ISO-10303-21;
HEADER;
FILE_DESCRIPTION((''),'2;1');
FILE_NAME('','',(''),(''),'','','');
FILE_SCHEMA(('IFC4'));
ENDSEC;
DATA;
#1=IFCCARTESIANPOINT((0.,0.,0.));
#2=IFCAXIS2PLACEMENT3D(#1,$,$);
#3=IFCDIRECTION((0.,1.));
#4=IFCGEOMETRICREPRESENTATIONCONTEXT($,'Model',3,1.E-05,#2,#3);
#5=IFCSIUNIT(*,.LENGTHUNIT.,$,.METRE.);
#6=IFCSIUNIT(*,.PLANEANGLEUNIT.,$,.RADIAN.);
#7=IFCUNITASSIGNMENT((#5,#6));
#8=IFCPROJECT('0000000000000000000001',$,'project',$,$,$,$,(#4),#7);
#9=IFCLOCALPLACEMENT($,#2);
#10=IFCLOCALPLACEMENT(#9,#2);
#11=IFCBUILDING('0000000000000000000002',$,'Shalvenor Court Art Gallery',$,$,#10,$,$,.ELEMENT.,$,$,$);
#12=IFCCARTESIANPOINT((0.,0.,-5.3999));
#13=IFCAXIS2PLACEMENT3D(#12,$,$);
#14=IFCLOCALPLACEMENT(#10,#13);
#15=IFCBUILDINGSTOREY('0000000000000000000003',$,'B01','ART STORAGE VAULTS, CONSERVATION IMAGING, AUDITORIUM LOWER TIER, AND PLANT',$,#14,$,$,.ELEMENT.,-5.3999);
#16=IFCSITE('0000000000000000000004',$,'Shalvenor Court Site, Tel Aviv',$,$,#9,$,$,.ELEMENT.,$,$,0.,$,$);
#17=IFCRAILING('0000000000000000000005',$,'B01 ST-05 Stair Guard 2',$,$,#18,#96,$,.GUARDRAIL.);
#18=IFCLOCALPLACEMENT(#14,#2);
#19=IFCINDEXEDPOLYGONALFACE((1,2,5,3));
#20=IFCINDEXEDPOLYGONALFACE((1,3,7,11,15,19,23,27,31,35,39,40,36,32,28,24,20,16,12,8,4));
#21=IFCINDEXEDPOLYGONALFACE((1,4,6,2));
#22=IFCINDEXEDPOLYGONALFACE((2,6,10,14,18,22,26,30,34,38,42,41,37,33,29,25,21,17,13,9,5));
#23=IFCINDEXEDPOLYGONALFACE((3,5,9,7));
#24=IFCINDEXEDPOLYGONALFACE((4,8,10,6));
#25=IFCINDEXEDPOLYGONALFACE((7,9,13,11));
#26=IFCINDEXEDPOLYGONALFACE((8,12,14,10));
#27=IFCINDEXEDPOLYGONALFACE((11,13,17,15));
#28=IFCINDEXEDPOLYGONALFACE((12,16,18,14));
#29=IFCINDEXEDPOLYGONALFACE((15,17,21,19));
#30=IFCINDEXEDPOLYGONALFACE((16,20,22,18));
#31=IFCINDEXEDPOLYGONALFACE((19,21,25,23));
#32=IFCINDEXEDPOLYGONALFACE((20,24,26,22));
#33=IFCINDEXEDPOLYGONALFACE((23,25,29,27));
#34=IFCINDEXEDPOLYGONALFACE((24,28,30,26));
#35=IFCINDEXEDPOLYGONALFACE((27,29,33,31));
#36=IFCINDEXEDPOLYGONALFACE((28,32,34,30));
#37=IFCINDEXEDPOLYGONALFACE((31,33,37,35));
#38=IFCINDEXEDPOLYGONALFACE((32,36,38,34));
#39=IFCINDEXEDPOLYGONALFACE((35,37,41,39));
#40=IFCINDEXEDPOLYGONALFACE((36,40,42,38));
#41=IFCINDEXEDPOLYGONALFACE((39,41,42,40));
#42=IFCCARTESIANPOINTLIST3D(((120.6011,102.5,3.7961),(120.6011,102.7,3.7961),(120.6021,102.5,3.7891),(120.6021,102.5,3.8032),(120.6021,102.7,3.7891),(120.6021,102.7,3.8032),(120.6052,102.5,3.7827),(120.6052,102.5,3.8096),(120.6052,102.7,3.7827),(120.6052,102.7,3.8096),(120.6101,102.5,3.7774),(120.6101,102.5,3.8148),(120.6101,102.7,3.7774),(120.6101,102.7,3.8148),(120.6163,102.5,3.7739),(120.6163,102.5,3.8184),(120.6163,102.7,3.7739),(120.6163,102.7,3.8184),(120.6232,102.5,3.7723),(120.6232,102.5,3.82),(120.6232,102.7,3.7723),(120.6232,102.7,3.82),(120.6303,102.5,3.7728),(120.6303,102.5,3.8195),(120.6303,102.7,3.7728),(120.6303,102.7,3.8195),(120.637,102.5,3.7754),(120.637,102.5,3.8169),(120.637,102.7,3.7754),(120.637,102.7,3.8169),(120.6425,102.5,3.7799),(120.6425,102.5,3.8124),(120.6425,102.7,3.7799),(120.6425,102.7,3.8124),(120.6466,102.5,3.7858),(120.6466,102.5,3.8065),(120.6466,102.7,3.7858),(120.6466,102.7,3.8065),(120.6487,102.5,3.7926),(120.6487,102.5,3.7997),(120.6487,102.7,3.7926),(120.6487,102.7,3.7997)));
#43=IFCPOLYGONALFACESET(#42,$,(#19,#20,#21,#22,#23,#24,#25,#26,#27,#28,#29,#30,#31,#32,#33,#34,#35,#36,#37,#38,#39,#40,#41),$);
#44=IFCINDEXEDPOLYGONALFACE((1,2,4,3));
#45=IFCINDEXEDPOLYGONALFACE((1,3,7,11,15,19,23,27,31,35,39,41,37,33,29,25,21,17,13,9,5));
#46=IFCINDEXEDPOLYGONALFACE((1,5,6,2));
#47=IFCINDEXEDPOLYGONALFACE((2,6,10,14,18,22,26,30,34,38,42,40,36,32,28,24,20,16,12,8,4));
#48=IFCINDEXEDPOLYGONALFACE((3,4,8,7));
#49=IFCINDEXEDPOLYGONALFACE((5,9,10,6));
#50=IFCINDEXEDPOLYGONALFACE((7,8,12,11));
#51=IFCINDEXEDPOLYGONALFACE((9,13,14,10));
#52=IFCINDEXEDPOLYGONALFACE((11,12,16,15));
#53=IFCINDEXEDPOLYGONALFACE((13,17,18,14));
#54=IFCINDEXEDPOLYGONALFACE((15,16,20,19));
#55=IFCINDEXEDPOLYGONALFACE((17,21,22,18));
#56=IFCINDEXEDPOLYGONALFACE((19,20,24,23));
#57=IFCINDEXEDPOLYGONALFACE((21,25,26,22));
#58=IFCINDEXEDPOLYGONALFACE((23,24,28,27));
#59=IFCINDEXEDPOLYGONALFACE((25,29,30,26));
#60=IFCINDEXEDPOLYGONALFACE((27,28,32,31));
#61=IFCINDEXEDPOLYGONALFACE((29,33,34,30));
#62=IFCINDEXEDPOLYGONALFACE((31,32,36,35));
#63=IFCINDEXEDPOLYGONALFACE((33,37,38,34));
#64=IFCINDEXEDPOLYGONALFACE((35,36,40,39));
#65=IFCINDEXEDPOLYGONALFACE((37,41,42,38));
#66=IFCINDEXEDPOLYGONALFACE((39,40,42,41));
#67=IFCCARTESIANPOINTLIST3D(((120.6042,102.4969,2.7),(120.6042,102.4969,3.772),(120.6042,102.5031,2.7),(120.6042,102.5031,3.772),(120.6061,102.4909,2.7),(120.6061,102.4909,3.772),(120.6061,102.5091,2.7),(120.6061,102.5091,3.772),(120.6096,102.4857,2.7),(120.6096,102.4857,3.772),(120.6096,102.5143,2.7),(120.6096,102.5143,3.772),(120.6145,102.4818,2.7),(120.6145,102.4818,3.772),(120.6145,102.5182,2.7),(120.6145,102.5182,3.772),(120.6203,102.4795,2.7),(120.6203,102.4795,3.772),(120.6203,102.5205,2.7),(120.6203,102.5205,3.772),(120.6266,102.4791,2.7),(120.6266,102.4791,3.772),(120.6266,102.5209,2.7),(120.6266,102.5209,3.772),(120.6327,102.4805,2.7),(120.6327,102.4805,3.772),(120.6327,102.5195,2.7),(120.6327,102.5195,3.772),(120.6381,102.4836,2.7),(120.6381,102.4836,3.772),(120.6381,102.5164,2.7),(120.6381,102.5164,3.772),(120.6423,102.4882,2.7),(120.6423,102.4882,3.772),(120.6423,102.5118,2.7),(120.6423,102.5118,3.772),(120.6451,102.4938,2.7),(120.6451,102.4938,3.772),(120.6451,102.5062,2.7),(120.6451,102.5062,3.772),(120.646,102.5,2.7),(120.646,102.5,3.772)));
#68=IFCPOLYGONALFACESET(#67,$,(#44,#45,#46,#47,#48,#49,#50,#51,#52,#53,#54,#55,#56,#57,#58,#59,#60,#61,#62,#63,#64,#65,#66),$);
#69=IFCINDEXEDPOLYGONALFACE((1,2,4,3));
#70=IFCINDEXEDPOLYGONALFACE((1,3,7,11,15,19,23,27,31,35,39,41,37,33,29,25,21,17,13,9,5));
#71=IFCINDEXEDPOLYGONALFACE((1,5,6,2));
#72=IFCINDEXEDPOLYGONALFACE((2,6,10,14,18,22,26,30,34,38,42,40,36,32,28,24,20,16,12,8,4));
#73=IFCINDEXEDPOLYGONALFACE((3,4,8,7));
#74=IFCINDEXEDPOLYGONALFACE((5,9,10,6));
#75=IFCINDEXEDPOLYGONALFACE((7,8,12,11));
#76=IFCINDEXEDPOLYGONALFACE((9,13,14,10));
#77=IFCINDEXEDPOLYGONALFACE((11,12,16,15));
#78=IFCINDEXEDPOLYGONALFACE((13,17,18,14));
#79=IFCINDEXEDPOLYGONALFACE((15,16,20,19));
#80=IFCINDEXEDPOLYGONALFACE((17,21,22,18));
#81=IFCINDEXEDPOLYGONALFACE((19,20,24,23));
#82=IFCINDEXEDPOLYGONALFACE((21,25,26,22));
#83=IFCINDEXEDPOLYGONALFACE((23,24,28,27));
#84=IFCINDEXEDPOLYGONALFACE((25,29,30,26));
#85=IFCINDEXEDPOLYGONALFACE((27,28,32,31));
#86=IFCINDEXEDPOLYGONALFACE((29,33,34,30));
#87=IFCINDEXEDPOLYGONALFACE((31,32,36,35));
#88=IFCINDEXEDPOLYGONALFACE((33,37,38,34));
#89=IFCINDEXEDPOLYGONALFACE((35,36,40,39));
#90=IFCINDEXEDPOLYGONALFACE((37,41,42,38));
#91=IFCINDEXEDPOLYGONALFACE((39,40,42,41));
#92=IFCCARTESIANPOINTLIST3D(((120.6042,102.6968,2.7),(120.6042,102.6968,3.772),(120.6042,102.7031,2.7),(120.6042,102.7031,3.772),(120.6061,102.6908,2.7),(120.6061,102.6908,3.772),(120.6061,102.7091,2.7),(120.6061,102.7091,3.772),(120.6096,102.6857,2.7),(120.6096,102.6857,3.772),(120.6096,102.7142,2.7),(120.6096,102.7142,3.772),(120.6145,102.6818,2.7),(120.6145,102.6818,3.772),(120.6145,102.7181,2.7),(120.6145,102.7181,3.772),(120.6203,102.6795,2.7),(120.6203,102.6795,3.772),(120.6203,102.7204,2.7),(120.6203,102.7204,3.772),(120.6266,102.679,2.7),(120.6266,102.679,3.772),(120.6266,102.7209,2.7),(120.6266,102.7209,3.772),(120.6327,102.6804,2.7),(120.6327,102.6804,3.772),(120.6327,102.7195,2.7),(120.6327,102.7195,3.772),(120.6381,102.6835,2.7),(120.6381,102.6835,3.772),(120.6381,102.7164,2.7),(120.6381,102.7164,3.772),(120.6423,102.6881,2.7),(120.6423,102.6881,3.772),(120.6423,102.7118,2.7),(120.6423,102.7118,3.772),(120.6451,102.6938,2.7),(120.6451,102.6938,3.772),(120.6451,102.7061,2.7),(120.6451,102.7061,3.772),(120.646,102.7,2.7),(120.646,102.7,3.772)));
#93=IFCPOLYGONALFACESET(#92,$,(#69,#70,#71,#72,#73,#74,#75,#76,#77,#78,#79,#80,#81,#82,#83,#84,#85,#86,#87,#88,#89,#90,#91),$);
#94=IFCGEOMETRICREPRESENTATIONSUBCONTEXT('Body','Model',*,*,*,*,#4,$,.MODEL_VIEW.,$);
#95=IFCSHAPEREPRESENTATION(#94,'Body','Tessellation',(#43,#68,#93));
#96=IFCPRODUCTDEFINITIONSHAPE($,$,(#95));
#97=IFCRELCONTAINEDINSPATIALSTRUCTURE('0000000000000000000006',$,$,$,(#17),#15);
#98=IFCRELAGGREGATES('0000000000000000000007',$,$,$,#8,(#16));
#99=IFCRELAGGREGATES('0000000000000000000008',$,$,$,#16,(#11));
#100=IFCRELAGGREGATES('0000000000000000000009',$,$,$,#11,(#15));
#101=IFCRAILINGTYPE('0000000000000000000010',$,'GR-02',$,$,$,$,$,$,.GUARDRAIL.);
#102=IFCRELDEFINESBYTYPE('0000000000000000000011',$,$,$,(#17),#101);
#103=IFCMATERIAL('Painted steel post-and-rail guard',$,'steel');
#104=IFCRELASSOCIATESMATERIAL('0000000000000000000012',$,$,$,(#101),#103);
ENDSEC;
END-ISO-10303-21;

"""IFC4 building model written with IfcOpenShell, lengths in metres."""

from ifc_helpers import new_model, si_unit, direction, frame, origin, origin_2d, place, context, subcontext, project, spatial, circle, extrude, material, type_object, element, save


model = new_model("IFC4")

# Units and contexts
model_context = context("Model", 3, precision=1e-05, world=origin(), true_north=direction((0.0, 1.0)))
body_context = subcontext(model_context, "Body", "Model", "MODEL_VIEW")
ifc_project = project(units=[si_unit("LENGTHUNIT", "METRE"), si_unit("PLANEANGLEUNIT", "RADIAN")], contexts=[model_context])

# Site, building, storey
site_placement = place(None, origin())
site = spatial("IfcSite", under=ifc_project, at=site_placement, Name="Shalvenor Court Site, Tel Aviv", CompositionType="ELEMENT", RefElevation=0.0)
building_placement = place(site_placement, origin())
building = spatial("IfcBuilding", under=site, at=building_placement, Name="Shalvenor Court Art Gallery", CompositionType="ELEMENT")
storey_placement = place(building_placement, frame((0.0, 0.0, -5.3999)))
storey = spatial("IfcBuildingStorey", under=building, at=storey_placement, Name="B01", Description="ART STORAGE VAULTS, CONSERVATION IMAGING, AUDITORIUM LOWER TIER, AND PLANT", CompositionType="ELEMENT", Elevation=-5.3999)

# Railing
ifc_material_1 = material(Name="Painted steel post-and-rail guard", Category="steel")
railing_type_1 = type_object("IfcRailingType", Name="GR-02", PredefinedType="GUARDRAIL", material=ifc_material_1)
railing_1_placement = place(storey_placement, frame((120.625, 102.5, 2.7)))
element("IfcRailing", 1, at=railing_1_placement, inside=storey, type_object=railing_type_1, Name="B01 ST-05 Stair Guard 2", PredefinedType="GUARDRAIL", context=body_context, shape_type="SweptSolid", body=[
    extrude(circle(Radius=0.0239, at=origin_2d()), frame((0.0, 0.0, 1.0962), z_axis=(0.0, 1.0, 0.0), x_axis=(-1.0, 0.0, 0.0)), (0.0, 0.0, 1.0), 0.2),
    extrude(circle(Radius=0.021, at=origin_2d()), origin(), (0.0, 0.0, 1.0), 1.072),
    extrude(circle(Radius=0.021, at=origin_2d()), frame((0.0, 0.2, 0.0)), (0.0, 0.0, 1.0), 1.072),
])

save(model, "model.ifc")
